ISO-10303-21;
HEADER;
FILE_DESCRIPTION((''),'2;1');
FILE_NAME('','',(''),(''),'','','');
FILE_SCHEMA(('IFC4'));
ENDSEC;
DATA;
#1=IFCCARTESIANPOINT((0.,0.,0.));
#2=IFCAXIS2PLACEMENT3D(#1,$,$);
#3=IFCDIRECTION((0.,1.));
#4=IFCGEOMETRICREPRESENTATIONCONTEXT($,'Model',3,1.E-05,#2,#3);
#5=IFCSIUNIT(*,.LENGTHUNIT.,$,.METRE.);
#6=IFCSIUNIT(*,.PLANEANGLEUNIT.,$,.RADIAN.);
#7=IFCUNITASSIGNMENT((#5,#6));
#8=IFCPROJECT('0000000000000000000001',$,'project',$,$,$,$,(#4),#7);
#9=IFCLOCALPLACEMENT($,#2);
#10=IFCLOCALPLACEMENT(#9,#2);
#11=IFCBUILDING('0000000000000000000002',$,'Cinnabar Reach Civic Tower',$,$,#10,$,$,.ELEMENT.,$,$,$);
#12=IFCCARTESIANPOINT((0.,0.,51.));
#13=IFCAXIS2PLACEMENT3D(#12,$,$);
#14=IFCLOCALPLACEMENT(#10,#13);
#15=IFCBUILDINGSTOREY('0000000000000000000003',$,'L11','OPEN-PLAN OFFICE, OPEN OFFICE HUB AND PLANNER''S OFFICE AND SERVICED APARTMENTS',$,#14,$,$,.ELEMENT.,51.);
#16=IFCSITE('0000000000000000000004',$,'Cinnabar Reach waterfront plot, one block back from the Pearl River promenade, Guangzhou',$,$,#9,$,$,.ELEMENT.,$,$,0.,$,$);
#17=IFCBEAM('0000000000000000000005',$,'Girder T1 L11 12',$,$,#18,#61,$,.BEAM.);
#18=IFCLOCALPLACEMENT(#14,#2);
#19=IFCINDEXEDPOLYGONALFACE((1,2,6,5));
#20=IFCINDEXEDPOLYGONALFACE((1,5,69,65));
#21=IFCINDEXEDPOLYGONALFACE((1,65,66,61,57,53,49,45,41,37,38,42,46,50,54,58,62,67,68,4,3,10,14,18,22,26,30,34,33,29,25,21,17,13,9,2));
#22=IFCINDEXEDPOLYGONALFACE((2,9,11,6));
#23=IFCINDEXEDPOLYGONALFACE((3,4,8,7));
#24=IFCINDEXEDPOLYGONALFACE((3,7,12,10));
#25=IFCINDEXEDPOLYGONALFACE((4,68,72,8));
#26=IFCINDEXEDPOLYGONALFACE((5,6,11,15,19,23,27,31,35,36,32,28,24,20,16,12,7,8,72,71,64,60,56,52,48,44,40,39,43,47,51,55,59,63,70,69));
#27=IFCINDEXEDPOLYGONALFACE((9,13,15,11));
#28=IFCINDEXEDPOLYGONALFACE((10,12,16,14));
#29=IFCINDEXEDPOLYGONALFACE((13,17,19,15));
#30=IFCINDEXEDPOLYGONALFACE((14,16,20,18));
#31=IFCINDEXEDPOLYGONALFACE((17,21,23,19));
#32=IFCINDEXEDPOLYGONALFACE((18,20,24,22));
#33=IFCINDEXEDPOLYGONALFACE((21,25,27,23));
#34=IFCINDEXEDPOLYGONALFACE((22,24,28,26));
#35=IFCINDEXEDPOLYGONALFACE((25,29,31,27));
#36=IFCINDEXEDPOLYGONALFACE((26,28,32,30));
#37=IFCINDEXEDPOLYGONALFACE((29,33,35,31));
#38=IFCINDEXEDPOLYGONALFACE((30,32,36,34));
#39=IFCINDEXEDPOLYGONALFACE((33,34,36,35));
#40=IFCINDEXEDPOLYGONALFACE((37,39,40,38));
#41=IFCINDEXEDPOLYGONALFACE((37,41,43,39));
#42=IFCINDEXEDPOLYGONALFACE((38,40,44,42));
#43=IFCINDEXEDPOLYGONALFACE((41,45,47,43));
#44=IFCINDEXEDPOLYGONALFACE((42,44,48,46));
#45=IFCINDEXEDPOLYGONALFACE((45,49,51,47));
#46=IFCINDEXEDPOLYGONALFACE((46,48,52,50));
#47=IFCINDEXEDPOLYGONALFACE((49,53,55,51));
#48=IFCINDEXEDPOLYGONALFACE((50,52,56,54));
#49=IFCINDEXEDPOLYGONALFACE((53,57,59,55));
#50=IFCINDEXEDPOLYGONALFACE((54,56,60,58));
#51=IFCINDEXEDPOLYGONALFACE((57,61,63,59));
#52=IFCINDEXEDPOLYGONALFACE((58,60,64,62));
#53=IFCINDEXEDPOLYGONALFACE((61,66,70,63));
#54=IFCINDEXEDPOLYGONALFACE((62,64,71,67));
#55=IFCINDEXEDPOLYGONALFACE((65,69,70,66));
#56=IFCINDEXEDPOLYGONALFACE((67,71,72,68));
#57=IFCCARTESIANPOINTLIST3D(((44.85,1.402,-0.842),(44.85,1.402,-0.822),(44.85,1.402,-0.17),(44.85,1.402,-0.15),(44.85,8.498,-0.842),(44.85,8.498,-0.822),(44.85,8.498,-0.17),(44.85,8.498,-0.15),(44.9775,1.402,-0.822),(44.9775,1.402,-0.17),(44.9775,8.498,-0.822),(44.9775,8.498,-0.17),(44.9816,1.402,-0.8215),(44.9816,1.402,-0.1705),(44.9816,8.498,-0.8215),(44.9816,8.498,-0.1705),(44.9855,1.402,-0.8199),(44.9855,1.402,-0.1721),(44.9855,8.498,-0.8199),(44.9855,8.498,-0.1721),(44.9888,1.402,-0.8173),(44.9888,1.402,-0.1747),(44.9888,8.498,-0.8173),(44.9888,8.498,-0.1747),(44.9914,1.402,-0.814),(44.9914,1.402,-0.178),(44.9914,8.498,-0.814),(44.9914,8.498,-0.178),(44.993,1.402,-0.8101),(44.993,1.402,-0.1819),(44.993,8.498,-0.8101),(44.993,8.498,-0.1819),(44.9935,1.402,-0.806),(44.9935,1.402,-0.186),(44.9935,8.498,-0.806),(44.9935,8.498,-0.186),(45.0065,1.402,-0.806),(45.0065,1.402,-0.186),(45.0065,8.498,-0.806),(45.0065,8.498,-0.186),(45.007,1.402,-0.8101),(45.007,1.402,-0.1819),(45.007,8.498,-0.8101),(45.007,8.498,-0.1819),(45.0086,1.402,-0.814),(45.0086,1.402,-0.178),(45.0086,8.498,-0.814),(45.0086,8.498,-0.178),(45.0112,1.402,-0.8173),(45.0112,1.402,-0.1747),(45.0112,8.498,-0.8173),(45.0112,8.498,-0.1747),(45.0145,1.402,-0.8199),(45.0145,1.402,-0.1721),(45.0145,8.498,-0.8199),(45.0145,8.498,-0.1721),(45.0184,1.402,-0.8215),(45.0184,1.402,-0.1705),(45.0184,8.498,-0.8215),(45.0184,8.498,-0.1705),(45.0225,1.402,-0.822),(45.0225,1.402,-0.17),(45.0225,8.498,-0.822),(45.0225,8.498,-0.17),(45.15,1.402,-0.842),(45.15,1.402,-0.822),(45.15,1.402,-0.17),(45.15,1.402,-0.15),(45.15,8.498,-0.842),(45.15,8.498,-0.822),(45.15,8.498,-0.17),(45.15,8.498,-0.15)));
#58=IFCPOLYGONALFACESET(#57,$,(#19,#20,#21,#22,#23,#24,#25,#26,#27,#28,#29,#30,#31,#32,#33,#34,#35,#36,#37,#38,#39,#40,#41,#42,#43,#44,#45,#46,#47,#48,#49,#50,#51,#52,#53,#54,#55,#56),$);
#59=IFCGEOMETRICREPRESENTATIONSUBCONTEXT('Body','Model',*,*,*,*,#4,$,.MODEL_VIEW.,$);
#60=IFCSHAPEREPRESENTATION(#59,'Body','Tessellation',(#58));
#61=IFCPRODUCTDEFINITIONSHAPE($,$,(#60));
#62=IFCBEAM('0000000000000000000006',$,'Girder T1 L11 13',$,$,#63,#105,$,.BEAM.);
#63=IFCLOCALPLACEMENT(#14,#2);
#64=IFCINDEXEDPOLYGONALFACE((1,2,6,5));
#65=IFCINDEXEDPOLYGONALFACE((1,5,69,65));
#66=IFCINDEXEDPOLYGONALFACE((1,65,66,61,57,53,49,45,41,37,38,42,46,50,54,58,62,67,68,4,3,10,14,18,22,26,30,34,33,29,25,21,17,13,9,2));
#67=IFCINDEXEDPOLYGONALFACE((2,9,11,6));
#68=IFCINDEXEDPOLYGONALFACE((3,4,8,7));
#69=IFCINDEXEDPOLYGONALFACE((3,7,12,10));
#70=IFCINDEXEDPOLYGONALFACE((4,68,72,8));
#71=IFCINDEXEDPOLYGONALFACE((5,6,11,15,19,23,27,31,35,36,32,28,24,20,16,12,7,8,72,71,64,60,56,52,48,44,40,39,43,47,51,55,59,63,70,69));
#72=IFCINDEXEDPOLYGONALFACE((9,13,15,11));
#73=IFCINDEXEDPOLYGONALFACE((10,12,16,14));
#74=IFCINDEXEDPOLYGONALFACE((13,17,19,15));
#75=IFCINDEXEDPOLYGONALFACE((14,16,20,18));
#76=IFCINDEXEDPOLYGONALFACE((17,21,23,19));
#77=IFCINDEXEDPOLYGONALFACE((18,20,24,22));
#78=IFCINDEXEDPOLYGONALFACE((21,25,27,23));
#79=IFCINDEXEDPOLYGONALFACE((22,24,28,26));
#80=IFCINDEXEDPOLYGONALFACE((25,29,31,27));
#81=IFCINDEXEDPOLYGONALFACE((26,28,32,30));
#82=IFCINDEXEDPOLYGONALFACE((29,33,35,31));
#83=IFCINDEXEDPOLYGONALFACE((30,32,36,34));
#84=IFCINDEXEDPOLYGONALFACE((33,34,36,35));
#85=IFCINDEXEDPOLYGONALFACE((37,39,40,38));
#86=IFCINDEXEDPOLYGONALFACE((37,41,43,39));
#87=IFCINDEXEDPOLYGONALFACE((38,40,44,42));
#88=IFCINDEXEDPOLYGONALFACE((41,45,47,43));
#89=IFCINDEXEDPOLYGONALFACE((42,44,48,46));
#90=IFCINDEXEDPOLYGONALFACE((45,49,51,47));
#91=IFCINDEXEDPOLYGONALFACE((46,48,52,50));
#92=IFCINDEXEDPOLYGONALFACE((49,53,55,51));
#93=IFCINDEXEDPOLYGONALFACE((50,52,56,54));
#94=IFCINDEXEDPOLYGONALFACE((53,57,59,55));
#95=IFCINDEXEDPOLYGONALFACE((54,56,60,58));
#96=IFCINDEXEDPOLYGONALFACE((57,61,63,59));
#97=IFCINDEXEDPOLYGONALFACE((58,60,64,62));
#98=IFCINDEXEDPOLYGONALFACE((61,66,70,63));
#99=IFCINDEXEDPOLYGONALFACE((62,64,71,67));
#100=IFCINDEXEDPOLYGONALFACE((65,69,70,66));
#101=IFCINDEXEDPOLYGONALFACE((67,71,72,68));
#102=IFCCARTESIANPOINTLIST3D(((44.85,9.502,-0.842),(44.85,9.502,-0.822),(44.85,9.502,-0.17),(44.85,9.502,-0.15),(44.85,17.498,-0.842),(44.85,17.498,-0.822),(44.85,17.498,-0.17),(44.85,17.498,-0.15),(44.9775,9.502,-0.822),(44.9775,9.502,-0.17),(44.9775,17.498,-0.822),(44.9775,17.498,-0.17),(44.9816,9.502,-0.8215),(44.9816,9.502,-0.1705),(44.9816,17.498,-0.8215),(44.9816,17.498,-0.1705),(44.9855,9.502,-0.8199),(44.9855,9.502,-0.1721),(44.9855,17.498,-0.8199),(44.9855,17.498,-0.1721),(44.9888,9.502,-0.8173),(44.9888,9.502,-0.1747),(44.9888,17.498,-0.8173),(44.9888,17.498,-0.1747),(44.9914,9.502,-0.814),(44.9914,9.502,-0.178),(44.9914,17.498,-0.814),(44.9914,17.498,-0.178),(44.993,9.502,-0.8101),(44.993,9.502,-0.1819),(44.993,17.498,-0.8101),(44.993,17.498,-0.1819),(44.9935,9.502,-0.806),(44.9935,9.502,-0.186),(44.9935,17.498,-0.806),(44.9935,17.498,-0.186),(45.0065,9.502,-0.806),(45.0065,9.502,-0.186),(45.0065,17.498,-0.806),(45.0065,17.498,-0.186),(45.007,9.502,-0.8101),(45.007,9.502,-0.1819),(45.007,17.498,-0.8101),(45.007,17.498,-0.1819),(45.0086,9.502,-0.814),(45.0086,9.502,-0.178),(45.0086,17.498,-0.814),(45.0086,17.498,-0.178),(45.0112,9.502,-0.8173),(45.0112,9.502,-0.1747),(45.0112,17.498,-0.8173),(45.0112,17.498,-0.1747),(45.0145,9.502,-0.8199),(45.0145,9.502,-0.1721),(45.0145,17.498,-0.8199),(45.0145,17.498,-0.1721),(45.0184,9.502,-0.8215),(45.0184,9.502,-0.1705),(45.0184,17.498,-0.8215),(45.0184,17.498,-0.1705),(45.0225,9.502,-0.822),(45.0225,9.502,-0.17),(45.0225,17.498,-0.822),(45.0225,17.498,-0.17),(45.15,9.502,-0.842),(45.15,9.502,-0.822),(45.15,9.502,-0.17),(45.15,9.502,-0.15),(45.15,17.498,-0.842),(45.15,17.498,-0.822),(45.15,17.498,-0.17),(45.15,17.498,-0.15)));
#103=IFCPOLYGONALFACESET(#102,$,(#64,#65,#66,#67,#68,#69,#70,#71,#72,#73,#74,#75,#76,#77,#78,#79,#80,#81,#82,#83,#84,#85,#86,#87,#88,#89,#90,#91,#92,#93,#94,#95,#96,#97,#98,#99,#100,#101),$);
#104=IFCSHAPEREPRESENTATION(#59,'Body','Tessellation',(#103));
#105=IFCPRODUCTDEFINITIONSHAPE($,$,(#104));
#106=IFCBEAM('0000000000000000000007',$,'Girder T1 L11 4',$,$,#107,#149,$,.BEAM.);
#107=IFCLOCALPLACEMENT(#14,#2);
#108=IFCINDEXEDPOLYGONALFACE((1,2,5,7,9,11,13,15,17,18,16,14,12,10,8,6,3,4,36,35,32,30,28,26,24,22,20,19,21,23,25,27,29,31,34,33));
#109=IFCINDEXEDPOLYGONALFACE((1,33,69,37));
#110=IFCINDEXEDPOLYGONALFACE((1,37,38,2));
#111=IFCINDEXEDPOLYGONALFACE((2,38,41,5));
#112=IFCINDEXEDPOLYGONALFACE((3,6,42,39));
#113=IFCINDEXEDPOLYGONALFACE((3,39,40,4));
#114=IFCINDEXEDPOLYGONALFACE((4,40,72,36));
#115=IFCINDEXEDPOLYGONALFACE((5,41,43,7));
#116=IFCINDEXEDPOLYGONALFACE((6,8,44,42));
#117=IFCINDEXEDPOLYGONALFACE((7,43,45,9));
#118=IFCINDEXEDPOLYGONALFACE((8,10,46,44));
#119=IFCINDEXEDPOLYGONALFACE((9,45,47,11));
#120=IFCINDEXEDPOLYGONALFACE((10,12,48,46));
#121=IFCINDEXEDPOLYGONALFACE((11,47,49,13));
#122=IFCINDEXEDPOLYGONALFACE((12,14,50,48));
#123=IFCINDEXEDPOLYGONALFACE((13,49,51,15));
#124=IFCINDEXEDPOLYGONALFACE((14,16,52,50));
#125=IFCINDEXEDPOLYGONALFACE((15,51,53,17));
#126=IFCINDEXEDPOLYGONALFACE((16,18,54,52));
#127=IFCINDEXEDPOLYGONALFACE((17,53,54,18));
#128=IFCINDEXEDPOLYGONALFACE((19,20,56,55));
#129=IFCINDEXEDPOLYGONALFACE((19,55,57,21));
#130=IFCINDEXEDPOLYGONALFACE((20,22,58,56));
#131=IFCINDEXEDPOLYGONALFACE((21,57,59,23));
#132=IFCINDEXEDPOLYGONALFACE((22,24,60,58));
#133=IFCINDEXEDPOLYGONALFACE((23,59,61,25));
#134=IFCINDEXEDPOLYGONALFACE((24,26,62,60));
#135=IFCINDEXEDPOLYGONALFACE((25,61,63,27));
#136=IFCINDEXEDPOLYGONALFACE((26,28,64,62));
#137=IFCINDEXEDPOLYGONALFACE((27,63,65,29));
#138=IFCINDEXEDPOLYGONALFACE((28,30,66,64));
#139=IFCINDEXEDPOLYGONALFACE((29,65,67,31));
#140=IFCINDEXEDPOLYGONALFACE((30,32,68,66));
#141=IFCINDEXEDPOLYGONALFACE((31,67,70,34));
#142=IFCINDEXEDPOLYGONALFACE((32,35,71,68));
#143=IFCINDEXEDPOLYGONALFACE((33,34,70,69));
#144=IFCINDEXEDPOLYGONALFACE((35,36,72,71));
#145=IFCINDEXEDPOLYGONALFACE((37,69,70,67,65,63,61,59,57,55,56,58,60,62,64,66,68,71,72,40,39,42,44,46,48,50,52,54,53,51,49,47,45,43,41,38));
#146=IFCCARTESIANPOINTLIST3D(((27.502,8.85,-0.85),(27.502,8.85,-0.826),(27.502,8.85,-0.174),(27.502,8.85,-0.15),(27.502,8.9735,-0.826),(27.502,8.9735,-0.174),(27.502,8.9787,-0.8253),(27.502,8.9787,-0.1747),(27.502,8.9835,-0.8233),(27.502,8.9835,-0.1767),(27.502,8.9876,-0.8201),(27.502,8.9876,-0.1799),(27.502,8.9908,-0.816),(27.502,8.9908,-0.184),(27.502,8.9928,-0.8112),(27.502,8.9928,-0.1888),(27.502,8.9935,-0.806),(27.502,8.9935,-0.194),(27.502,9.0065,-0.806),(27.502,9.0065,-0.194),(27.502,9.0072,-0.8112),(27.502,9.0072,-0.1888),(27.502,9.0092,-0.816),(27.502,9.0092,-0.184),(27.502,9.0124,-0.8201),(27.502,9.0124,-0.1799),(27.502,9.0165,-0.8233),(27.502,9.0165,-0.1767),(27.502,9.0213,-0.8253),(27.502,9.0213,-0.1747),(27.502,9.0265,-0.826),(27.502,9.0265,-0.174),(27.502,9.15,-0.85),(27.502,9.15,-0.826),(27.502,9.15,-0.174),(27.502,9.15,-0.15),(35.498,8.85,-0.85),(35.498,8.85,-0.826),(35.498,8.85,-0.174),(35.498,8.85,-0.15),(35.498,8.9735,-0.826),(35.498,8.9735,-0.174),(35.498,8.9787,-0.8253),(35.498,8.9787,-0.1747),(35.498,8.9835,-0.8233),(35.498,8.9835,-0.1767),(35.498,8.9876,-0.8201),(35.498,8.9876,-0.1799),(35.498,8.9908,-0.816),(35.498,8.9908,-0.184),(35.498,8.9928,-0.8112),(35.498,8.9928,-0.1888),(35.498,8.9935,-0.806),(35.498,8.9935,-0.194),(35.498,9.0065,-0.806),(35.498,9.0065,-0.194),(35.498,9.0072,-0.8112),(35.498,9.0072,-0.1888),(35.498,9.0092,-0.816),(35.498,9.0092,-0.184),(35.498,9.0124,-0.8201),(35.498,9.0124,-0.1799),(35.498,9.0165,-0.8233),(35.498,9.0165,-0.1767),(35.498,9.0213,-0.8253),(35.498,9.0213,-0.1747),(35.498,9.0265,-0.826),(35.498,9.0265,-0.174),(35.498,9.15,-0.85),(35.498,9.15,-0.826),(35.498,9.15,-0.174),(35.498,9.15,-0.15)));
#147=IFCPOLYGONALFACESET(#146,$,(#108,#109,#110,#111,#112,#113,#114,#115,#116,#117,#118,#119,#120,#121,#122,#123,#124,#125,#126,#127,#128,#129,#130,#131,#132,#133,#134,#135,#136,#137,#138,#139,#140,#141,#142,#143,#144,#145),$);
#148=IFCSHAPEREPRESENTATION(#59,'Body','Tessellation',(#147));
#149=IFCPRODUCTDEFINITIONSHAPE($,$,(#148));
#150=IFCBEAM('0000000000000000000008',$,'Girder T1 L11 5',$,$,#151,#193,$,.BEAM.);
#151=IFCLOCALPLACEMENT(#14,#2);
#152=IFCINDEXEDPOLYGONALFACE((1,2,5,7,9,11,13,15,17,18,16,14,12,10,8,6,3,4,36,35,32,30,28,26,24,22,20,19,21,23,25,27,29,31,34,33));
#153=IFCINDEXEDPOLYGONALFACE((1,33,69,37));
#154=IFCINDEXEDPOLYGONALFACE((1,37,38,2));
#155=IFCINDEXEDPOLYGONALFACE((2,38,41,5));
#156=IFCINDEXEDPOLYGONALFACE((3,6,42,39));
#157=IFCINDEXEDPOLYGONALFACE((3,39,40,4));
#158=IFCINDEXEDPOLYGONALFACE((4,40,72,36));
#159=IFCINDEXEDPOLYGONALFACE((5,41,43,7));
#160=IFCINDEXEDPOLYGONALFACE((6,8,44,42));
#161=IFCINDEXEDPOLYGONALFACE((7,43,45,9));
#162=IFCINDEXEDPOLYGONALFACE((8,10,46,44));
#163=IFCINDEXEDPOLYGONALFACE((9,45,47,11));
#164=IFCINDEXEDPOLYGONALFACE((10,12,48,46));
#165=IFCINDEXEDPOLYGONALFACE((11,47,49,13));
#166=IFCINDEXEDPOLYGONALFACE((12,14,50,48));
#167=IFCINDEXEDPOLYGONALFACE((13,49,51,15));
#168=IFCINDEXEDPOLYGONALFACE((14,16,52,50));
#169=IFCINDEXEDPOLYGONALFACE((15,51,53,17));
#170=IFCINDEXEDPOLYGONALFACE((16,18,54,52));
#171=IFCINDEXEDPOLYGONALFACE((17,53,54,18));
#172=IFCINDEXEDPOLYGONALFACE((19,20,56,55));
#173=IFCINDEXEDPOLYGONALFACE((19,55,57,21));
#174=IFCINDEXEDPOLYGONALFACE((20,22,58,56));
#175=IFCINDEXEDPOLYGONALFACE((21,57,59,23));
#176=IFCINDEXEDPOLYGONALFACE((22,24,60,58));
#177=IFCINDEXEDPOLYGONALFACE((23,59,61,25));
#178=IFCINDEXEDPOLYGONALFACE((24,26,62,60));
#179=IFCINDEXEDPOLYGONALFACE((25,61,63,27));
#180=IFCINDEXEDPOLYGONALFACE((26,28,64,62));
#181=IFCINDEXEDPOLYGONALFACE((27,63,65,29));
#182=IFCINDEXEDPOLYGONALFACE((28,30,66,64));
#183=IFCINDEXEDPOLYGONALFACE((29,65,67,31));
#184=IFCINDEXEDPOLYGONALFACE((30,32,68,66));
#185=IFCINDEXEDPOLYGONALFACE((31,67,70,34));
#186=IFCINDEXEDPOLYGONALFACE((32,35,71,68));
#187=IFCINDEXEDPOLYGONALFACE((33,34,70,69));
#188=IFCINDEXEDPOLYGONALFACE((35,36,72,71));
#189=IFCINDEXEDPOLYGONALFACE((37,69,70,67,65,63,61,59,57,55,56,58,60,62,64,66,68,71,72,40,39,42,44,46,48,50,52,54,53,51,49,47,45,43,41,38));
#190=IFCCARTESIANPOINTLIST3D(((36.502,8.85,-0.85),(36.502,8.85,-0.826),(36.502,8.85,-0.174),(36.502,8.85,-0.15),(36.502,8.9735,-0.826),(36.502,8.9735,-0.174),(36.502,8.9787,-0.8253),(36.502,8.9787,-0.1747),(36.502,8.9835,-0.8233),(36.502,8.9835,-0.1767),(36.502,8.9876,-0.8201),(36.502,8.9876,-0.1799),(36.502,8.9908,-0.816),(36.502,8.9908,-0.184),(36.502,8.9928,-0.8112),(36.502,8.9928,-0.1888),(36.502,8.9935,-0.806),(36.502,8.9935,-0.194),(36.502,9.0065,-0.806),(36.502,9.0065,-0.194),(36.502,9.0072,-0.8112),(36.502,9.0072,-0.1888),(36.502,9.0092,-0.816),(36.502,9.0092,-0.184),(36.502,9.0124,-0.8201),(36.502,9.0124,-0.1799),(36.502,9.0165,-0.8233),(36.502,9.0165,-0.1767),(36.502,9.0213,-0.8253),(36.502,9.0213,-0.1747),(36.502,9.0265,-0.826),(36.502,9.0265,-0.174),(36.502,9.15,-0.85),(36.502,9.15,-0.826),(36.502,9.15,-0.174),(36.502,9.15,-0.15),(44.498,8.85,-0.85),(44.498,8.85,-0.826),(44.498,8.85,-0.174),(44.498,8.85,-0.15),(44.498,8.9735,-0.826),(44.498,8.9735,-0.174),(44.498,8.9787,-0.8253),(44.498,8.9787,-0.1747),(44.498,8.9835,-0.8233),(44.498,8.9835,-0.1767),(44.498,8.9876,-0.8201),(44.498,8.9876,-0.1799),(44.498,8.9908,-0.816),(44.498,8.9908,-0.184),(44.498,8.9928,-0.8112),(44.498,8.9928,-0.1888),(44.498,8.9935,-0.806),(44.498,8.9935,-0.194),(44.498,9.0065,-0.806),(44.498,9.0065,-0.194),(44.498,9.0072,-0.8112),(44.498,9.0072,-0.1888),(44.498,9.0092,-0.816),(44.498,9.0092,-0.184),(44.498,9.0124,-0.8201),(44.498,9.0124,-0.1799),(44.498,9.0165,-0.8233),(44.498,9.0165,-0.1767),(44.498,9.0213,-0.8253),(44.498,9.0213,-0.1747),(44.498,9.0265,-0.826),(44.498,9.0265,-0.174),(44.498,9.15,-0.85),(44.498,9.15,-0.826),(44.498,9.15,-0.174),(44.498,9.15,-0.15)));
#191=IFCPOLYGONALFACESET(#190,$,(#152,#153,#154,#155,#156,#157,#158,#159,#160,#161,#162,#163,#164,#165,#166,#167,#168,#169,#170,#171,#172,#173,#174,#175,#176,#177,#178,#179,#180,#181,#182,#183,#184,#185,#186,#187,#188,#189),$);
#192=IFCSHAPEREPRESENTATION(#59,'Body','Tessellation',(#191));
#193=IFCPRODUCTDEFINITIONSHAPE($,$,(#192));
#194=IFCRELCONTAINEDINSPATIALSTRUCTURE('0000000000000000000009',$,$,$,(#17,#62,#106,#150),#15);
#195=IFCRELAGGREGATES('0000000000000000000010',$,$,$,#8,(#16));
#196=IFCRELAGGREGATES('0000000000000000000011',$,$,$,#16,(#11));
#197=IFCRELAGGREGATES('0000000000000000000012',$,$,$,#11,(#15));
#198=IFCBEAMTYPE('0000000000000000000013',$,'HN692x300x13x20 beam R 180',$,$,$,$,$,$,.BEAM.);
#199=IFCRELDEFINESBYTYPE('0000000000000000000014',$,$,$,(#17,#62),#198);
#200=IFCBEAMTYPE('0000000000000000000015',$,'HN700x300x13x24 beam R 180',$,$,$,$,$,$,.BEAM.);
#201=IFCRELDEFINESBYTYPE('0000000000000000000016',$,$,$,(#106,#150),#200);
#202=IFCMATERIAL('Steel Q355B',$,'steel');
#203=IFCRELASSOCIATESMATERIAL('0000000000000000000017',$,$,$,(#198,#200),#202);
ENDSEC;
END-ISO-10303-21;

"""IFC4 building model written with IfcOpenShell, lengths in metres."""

from ifc_helpers import new_model, si_unit, direction, frame, origin, origin_2d, place, context, subcontext, project, spatial, i_section, extrude, material, material_profile, profile_set, type_object, element, save


model = new_model("IFC4")

# Units and contexts
model_context = context("Model", 3, precision=1e-05, world=origin(), true_north=direction((0.0, 1.0)))
body_context = subcontext(model_context, "Body", "Model", "MODEL_VIEW")
ifc_project = project(units=[si_unit("LENGTHUNIT", "METRE"), si_unit("PLANEANGLEUNIT", "RADIAN")], contexts=[model_context])

# Site, building, storey
site_placement = place(None, origin())
site = spatial("IfcSite", under=ifc_project, at=site_placement, Name="Cinnabar Reach waterfront plot, one block back from the Pearl River promenade, Guangzhou", CompositionType="ELEMENT", RefElevation=0.0)
building_placement = place(site_placement, origin())
building = spatial("IfcBuilding", under=site, at=building_placement, Name="Cinnabar Reach Civic Tower", CompositionType="ELEMENT")
storey_placement = place(building_placement, frame((0.0, 0.0, 51.0)))
storey = spatial("IfcBuildingStorey", under=building, at=storey_placement, Name="L11", Description="OPEN-PLAN OFFICE, OPEN OFFICE HUB AND PLANNER'S OFFICE AND SERVICED APARTMENTS", CompositionType="ELEMENT", Elevation=51.0)

# Beams
ifc_material_1 = material(Name="Steel Q355B", Category="steel")
ifc_material_profile_1 = material_profile(ifc_material_1, i_section(OverallWidth=0.3, OverallDepth=0.692, WebThickness=0.013, FlangeThickness=0.02, FilletRadius=0.016, at=origin_2d()), Name="HN692x300x13x20")
ifc_profile_set_1 = profile_set([ifc_material_profile_1], Name="Steel Q355B")
beam_type_1 = type_object("IfcBeamType", Name="HN692x300x13x20 beam R 180", PredefinedType="BEAM", material=ifc_profile_set_1)
beam_1_placement = place(storey_placement, frame((45.0, 1.402, -0.496), z_axis=(0.0, 1.0, 0.0), x_axis=(-1.0, 0.0, 0.0)))
element("IfcBeam", 1, at=beam_1_placement, inside=storey, type_object=beam_type_1, Name="Girder T1 L11 12", PredefinedType="BEAM", context=body_context, shape_type="SweptSolid", body=[
    extrude(i_section(OverallWidth=0.3, OverallDepth=0.692, WebThickness=0.013, FlangeThickness=0.02, FilletRadius=0.016, at=origin_2d()), origin(), (0.0, 0.0, 1.0), 7.096),
])
beam_2_placement = place(storey_placement, frame((45.0, 9.502, -0.496), z_axis=(0.0, 1.0, 0.0), x_axis=(-1.0, 0.0, 0.0)))
element("IfcBeam", 2, at=beam_2_placement, inside=storey, type_object=beam_type_1, Name="Girder T1 L11 13", PredefinedType="BEAM", context=body_context, shape_type="SweptSolid", body=[
    extrude(i_section(OverallWidth=0.3, OverallDepth=0.692, WebThickness=0.013, FlangeThickness=0.02, FilletRadius=0.016, at=origin_2d()), origin(), (0.0, 0.0, 1.0), 7.996),
])
ifc_material_profile_2 = material_profile(ifc_material_1, i_section(OverallWidth=0.3, OverallDepth=0.7, WebThickness=0.013, FlangeThickness=0.024, FilletRadius=0.02, at=origin_2d()), Name="HN700x300x13x24")
ifc_profile_set_2 = profile_set([ifc_material_profile_2], Name="Steel Q355B")
beam_type_2 = type_object("IfcBeamType", Name="HN700x300x13x24 beam R 180", PredefinedType="BEAM", material=ifc_profile_set_2)
for number, where, z_axis, x_axis, name in (
    (3, (27.502, 9.0, -0.5), (1.0, 0.0, 0.0), (0.0, 1.0, 0.0), "Girder T1 L11 4"),
    (4, (36.502, 9.0, -0.5), (1.0, 0.0, 0.0), (0.0, 1.0, 0.0), "Girder T1 L11 5"),
):
    element("IfcBeam", number, at=place(storey_placement, frame(where, z_axis=z_axis, x_axis=x_axis)), inside=storey, type_object=beam_type_2, Name=name, PredefinedType="BEAM", context=body_context, shape_type="SweptSolid", body=[
        extrude(i_section(OverallWidth=0.3, OverallDepth=0.7, WebThickness=0.013, FlangeThickness=0.024, FilletRadius=0.02, at=origin_2d()), origin(), (0.0, 0.0, 1.0), 7.996),
    ])

save(model, "model.ifc")
